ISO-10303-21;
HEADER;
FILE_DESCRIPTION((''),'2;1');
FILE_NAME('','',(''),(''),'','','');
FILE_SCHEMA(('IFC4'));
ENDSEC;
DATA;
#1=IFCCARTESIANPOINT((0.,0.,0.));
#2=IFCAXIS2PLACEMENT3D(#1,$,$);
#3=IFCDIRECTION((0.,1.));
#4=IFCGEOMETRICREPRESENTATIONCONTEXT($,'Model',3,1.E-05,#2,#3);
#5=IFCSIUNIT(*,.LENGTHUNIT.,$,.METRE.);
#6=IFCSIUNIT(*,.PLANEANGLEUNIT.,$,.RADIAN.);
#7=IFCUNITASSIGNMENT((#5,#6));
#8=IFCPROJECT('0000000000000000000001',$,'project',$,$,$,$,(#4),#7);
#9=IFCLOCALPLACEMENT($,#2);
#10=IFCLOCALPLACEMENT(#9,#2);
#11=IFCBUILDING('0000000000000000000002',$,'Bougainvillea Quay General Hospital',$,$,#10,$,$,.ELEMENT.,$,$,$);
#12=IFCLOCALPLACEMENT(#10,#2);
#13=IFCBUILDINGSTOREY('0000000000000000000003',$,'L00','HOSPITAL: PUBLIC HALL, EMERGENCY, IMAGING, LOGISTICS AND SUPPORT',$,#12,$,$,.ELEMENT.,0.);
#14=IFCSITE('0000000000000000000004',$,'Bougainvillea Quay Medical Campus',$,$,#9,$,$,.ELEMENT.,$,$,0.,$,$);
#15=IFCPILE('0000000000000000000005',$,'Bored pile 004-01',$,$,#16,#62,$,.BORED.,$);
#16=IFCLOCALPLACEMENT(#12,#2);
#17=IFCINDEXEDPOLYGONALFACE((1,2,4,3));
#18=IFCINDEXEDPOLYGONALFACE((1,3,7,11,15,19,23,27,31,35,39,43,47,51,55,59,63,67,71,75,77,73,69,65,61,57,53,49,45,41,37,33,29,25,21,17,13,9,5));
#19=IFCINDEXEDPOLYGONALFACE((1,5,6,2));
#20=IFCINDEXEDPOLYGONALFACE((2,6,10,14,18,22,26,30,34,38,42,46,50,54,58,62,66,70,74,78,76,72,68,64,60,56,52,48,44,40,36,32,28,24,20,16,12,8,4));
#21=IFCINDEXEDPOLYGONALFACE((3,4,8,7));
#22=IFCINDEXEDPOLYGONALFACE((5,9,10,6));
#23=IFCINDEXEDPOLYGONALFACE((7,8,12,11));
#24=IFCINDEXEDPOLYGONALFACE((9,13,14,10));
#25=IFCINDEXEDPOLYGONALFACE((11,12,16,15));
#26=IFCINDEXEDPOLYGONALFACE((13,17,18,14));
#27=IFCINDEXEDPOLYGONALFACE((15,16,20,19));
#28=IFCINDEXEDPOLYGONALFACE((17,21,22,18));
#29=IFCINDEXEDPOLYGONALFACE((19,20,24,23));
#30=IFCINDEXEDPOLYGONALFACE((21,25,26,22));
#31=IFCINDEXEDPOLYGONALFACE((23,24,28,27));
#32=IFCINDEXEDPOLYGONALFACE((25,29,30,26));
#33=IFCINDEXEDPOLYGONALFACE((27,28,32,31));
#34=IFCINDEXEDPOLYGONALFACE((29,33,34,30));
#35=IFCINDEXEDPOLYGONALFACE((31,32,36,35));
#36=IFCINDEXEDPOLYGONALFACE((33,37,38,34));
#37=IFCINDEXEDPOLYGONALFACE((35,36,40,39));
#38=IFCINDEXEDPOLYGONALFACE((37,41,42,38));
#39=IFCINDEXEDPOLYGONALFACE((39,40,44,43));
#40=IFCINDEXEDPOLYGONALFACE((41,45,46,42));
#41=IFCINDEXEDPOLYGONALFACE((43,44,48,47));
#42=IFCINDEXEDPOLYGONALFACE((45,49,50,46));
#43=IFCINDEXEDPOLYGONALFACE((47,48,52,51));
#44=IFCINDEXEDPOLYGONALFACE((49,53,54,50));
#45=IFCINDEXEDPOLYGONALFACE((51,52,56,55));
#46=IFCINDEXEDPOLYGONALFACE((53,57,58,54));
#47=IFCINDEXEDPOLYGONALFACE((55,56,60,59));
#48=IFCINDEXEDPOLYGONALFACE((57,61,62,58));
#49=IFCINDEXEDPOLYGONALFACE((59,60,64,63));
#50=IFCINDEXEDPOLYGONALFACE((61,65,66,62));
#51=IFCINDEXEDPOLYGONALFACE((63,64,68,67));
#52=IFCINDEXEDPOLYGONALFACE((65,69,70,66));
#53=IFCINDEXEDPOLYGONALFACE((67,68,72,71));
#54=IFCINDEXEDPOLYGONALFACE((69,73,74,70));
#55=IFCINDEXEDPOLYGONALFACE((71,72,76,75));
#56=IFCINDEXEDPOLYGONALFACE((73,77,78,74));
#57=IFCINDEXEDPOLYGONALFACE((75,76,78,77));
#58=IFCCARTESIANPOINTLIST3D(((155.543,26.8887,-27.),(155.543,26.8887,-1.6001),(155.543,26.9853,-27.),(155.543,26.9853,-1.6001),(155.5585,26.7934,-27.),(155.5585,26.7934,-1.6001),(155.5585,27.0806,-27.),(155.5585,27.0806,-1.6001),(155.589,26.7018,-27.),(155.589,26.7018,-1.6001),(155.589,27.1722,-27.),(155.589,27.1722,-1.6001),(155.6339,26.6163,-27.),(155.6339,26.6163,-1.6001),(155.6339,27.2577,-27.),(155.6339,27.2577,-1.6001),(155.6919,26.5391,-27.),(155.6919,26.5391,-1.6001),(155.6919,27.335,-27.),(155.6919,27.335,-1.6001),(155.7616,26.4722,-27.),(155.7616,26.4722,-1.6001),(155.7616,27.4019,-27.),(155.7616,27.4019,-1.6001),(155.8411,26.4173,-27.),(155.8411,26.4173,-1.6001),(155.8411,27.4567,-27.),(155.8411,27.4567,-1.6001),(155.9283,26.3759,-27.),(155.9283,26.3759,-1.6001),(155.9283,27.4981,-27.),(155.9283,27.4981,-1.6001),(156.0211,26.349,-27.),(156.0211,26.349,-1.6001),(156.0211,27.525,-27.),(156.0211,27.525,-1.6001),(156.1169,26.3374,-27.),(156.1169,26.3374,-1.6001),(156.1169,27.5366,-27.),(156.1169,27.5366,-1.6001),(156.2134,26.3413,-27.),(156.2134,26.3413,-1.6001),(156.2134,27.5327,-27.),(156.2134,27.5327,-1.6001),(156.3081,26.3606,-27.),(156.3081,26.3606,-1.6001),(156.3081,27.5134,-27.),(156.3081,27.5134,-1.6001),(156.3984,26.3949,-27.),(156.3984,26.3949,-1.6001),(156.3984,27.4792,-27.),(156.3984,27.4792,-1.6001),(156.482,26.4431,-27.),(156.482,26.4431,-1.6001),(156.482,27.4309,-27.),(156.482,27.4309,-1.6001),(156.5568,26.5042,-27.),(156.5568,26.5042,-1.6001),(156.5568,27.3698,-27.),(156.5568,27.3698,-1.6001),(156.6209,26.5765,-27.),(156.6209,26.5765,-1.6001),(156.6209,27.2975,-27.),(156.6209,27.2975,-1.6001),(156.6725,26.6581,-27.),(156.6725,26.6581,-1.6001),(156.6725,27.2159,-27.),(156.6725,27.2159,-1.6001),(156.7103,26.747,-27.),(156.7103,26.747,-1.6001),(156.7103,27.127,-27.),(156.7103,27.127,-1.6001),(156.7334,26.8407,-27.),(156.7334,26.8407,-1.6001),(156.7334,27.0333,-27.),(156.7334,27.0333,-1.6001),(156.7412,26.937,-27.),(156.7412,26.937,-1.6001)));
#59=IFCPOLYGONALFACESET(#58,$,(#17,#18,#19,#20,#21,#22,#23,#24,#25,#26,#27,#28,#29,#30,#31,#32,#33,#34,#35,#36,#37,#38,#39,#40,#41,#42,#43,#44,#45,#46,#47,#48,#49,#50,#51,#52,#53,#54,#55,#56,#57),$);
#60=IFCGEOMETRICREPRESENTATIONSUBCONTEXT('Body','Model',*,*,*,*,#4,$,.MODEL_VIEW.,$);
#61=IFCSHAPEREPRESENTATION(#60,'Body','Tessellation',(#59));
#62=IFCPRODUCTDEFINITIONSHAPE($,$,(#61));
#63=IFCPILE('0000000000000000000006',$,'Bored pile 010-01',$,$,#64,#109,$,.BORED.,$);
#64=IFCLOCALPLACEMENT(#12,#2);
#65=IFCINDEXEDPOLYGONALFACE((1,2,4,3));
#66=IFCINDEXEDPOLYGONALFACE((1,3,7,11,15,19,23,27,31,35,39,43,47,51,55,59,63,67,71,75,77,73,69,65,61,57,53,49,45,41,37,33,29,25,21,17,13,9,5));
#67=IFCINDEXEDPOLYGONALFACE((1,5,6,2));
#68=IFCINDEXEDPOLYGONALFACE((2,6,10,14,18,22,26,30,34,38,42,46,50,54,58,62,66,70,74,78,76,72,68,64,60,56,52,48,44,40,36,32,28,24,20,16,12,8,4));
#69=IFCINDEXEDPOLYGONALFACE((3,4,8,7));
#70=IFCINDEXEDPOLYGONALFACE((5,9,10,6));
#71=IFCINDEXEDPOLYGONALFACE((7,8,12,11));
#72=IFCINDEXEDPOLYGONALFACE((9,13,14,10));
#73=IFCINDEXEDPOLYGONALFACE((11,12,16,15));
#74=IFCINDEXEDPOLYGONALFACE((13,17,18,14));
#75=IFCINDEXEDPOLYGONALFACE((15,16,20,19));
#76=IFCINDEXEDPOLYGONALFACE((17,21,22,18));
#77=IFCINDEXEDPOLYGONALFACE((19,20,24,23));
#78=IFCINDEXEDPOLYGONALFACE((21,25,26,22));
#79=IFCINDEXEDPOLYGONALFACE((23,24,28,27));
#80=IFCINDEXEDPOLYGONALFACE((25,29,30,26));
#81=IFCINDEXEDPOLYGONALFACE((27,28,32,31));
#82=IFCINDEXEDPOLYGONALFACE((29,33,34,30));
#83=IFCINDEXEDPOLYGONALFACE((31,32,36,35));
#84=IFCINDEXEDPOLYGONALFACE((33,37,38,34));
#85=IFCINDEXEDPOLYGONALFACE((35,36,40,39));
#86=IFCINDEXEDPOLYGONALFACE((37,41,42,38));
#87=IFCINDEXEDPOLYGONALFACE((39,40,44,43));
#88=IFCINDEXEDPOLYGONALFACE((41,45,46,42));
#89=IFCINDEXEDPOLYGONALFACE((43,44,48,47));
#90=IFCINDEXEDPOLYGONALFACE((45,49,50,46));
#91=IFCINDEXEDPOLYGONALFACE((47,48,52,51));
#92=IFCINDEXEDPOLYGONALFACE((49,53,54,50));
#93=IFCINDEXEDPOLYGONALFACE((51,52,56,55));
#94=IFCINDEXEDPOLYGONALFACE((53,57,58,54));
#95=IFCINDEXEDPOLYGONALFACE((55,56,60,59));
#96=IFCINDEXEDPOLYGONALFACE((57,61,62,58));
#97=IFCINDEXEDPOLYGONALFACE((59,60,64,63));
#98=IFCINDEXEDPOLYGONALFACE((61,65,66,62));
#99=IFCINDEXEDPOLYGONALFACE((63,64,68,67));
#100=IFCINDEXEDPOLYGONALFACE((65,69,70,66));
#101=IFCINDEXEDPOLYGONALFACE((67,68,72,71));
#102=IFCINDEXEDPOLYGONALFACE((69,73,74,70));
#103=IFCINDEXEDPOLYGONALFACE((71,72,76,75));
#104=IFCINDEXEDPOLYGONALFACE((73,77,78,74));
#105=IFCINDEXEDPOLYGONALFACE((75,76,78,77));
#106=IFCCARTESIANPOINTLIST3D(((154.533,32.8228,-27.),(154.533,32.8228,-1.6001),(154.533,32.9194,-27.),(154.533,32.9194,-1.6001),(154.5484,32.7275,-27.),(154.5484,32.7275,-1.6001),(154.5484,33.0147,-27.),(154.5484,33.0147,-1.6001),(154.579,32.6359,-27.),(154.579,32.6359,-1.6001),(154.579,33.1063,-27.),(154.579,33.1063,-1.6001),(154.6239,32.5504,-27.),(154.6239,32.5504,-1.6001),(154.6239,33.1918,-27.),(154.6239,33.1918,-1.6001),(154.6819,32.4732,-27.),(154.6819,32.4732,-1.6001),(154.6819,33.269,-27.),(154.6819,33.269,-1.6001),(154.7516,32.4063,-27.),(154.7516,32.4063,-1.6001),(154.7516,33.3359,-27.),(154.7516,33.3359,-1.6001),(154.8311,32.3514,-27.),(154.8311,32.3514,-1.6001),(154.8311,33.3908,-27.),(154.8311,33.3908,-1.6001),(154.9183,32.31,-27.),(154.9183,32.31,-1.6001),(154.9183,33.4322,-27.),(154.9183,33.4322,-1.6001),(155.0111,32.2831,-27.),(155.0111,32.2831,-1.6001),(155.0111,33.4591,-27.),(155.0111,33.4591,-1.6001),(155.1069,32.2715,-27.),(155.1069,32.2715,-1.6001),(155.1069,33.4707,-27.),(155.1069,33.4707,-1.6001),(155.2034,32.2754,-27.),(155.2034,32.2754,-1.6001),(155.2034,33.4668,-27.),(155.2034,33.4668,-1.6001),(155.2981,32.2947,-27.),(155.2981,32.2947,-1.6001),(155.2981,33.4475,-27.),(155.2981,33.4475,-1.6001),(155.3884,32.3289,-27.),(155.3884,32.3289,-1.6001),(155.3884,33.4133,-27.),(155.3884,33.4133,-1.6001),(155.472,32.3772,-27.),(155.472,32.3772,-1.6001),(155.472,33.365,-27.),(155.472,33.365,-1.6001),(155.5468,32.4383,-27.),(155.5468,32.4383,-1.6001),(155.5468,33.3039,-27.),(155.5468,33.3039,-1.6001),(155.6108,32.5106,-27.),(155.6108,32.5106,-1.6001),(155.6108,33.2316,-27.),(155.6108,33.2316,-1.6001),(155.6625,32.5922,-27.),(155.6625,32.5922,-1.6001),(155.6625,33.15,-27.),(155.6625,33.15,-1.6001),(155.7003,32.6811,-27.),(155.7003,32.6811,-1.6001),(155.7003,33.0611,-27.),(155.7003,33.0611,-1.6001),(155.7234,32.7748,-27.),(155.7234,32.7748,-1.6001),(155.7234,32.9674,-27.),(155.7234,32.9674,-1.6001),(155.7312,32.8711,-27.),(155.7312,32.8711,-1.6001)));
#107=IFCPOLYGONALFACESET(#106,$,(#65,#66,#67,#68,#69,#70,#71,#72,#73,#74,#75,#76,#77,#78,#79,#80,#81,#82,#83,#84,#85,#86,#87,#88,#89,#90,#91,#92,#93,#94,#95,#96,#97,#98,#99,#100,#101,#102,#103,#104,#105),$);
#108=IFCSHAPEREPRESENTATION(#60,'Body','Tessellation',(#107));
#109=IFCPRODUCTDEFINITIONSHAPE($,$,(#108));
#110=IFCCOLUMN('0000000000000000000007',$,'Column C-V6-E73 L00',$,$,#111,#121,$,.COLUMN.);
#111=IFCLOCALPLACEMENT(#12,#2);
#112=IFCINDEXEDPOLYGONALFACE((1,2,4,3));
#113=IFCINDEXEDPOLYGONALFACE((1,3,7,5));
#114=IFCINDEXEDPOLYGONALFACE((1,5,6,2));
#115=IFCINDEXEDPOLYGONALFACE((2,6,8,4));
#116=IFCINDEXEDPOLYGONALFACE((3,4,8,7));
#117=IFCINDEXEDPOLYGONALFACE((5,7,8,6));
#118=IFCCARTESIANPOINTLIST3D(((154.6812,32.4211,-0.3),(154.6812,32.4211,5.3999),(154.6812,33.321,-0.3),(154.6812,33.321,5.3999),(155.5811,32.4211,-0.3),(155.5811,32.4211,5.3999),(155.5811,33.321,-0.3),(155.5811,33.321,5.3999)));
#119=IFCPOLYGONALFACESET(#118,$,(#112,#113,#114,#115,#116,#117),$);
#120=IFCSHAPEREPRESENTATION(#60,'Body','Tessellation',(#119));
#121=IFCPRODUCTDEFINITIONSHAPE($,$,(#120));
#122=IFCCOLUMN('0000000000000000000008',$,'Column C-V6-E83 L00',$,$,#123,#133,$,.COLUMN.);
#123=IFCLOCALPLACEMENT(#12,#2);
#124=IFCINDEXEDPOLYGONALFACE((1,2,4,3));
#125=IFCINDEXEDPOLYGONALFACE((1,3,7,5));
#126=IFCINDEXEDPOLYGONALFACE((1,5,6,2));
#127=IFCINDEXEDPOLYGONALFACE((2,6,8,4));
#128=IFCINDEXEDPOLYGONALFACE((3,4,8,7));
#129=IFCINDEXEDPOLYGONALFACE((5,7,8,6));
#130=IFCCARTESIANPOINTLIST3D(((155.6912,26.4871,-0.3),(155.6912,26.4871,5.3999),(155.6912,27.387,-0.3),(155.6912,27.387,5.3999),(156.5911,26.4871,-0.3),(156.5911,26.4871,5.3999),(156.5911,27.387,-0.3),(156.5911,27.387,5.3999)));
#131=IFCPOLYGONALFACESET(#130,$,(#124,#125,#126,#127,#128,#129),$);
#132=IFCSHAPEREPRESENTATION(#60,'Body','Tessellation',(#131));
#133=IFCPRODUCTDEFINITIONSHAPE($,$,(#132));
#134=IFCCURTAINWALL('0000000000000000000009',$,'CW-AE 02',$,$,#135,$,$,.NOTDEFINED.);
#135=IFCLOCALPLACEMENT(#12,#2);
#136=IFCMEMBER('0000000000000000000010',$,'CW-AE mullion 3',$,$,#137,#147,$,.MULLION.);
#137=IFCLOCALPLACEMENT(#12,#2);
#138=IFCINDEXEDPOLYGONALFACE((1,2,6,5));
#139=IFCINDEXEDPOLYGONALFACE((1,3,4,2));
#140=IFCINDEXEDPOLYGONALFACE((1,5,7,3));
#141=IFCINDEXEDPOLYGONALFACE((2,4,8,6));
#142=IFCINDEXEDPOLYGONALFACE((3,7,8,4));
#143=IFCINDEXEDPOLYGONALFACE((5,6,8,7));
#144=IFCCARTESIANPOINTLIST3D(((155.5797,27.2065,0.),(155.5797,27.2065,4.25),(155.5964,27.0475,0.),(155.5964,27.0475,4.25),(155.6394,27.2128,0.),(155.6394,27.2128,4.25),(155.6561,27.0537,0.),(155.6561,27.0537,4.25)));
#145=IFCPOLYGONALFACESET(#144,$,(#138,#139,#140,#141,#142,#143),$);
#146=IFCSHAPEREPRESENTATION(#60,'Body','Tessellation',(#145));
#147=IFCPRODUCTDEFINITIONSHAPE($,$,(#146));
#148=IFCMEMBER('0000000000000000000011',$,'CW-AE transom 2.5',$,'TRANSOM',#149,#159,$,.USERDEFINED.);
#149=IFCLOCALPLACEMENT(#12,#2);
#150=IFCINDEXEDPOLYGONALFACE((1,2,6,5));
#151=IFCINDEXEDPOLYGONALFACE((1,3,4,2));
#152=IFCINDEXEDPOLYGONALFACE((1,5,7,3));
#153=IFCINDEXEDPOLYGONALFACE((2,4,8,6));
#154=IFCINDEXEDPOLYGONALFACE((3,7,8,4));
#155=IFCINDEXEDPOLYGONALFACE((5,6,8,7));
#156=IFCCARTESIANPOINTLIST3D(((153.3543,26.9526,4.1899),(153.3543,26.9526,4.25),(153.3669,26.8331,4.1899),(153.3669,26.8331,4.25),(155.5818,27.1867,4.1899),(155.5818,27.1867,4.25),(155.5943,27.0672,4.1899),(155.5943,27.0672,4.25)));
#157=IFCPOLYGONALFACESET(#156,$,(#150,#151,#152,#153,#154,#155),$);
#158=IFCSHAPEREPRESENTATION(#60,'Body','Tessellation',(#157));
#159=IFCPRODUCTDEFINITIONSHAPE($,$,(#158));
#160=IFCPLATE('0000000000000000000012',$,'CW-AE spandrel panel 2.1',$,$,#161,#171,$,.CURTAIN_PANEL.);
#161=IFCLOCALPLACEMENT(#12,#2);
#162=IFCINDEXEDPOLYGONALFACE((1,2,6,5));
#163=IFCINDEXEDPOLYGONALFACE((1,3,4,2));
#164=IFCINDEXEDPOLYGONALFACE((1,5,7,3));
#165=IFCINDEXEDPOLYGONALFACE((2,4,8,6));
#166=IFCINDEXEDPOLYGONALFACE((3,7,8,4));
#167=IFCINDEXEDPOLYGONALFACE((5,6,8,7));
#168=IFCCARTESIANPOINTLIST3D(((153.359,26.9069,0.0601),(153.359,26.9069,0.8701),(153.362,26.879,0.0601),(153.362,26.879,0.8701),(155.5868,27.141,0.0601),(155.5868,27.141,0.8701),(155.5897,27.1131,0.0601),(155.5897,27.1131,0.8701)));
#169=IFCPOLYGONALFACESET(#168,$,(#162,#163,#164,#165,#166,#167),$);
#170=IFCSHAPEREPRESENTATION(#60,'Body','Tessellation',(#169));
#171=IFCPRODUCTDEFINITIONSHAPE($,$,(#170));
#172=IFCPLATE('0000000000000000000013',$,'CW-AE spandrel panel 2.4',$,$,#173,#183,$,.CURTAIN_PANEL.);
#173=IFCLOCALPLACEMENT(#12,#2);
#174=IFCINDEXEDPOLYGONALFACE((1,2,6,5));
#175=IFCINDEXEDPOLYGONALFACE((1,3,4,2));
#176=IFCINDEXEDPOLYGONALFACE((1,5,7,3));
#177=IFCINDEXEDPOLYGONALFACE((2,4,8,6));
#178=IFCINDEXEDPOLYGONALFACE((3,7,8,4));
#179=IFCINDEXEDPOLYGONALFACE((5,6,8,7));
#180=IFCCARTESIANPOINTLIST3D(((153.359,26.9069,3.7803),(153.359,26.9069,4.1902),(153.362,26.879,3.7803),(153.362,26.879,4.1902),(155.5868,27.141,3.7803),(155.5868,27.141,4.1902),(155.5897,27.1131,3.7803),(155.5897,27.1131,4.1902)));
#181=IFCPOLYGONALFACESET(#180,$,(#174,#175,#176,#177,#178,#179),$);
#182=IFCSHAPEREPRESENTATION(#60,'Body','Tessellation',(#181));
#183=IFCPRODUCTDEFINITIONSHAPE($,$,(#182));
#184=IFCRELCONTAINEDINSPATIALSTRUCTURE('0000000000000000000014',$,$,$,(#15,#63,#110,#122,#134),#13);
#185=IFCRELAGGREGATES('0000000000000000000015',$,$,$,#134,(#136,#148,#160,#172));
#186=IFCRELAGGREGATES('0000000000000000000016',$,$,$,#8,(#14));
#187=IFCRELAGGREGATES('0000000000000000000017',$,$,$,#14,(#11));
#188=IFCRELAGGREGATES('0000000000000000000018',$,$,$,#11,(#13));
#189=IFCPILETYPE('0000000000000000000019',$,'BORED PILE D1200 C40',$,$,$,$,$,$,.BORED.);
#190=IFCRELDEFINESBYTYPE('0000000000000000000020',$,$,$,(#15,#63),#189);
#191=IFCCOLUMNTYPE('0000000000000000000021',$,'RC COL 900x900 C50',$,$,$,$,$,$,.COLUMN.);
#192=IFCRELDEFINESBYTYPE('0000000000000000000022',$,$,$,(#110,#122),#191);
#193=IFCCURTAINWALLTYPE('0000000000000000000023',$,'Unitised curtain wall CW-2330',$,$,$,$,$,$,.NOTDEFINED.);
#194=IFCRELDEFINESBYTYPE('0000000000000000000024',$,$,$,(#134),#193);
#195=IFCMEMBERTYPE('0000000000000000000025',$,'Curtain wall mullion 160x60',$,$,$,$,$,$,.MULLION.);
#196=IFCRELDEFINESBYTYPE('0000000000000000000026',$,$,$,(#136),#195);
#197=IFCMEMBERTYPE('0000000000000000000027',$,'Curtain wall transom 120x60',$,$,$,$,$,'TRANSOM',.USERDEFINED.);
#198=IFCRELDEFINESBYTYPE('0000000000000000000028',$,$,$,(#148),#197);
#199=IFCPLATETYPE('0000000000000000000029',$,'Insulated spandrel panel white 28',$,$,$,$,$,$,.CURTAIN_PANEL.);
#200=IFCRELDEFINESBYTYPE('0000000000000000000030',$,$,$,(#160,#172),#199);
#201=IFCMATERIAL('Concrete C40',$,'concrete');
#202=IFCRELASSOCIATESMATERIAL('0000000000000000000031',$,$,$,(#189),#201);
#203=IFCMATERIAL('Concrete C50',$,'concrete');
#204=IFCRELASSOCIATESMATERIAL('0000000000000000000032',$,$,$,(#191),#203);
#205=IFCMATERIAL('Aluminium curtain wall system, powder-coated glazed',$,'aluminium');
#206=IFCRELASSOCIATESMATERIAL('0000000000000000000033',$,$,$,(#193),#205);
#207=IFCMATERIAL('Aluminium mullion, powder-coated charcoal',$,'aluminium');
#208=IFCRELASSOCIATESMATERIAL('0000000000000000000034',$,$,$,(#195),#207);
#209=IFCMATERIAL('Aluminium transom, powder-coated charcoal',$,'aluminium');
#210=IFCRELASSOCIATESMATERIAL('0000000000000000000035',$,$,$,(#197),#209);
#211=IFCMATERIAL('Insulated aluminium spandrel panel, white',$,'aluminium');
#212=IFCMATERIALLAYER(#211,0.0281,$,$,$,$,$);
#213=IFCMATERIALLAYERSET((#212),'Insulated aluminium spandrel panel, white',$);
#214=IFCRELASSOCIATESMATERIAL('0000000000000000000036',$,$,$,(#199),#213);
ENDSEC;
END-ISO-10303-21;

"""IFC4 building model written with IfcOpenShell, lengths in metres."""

from ifc_helpers import new_model, si_unit, direction, frame, origin, origin_2d, place, context, subcontext, project, spatial, rectangle, circle, extrude, material, layer, layer_set, material_profile, profile_set, type_object, element, aggregate, save


model = new_model("IFC4")

# Units and contexts
model_context = context("Model", 3, precision=1e-05, world=origin(), true_north=direction((0.0, 1.0)))
body_context = subcontext(model_context, "Body", "Model", "MODEL_VIEW")
ifc_project = project(units=[si_unit("LENGTHUNIT", "METRE"), si_unit("PLANEANGLEUNIT", "RADIAN")], contexts=[model_context])

# Site, building, storey
site_placement = place(None, origin())
site = spatial("IfcSite", under=ifc_project, at=site_placement, Name="Bougainvillea Quay Medical Campus", CompositionType="ELEMENT", RefElevation=0.0)
building_placement = place(site_placement, origin())
building = spatial("IfcBuilding", under=site, at=building_placement, Name="Bougainvillea Quay General Hospital", CompositionType="ELEMENT")
storey_placement = place(building_placement, origin())
storey = spatial("IfcBuildingStorey", under=building, at=storey_placement, Name="L00", Description="HOSPITAL: PUBLIC HALL, EMERGENCY, IMAGING, LOGISTICS AND SUPPORT", CompositionType="ELEMENT", Elevation=0.0)

# Piles
ifc_material_1 = material(Name="Concrete C40", Category="concrete")
ifc_material_profile_1 = material_profile(ifc_material_1, circle(Radius=0.6001, at=origin_2d()))
ifc_profile_set_1 = profile_set([ifc_material_profile_1], Name="Concrete C40")
pile_type = type_object("IfcPileType", Name="BORED PILE D1200 C40", PredefinedType="BORED", material=ifc_profile_set_1)
for number, where, z_axis, x_axis, name in (
    (1, (156.1411, 26.937, -1.6001), (0.0, 0.0, -1.0), (1.0, 0.0, 0.0), "Bored pile 004-01"),
    (2, (155.1311, 32.8711, -1.6001), (0.0, 0.0, -1.0), (1.0, 0.0, 0.0), "Bored pile 010-01"),
):
    element("IfcPile", number, at=place(storey_placement, frame(where, z_axis=z_axis, x_axis=x_axis)), inside=storey, type_object=pile_type, Name=name, PredefinedType="BORED", context=body_context, shape_type="SweptSolid", body=[
        extrude(circle(Radius=0.6001, at=origin_2d()), origin(), (0.0, 0.0, 1.0), 25.3999),
    ])

# Columns
ifc_material_2 = material(Name="Concrete C50", Category="concrete")
ifc_material_profile_2 = material_profile(ifc_material_2, rectangle(XDim=0.8999, YDim=0.8999, at=origin_2d()))
ifc_profile_set_2 = profile_set([ifc_material_profile_2], Name="Concrete C50")
column_type = type_object("IfcColumnType", Name="RC COL 900x900 C50", PredefinedType="COLUMN", material=ifc_profile_set_2)
for number, where, z_axis, x_axis, name in (
    (3, (155.1311, 32.8711, -0.3), (0.0, 0.0, 1.0), (1.0, 0.0, 0.0), "Column C-V6-E73 L00"),
    (4, (156.1411, 26.937, -0.3), (0.0, 0.0, 1.0), (1.0, 0.0, 0.0), "Column C-V6-E83 L00"),
):
    element("IfcColumn", number, at=place(storey_placement, frame(where, z_axis=z_axis, x_axis=x_axis)), inside=storey, type_object=column_type, Name=name, PredefinedType="COLUMN", context=body_context, shape_type="SweptSolid", body=[
        extrude(rectangle(XDim=0.8999, YDim=0.8999, at=origin_2d()), origin(), (0.0, 0.0, 1.0), 5.7),
    ])

# Curtain wall, members, plates
ifc_material_3 = material(Name="Aluminium curtain wall system, powder-coated glazed", Category="aluminium")
curtain_wall_type = type_object("IfcCurtainWallType", Name="Unitised curtain wall CW-2330", PredefinedType="NOTDEFINED", material=ifc_material_3)
curtain_wall_placement = place(storey_placement, origin())
curtain_wall = element("IfcCurtainWall", 5, at=curtain_wall_placement, inside=storey, type_object=curtain_wall_type, Name="CW-AE 02", PredefinedType="NOTDEFINED")
ifc_material_4 = material(Name="Aluminium mullion, powder-coated charcoal", Category="aluminium")
ifc_material_profile_3 = material_profile(ifc_material_4, rectangle(XDim=0.1599, YDim=0.0601, at=origin_2d()))
ifc_profile_set_3 = profile_set([ifc_material_profile_3], Name="Aluminium mullion, powder-coated charcoal")
member_type_1 = type_object("IfcMemberType", Name="Curtain wall mullion 160x60", PredefinedType="MULLION", material=ifc_profile_set_3)
member_1_placement = place(storey_placement, frame((155.6179, 27.1301, 0.0), z_axis=(0.0, 0.0, 1.0), x_axis=(-0.104527, 0.994522, 0.0)))
member_1 = element("IfcMember", 6, at=member_1_placement, type_object=member_type_1, Name="CW-AE mullion 3", PredefinedType="MULLION", context=body_context, shape_type="SweptSolid", body=[
    extrude(rectangle(XDim=0.1599, YDim=0.0601, at=origin_2d()), origin(), (0.0, 0.0, 1.0), 4.25),
])
ifc_material_5 = material(Name="Aluminium transom, powder-coated charcoal", Category="aluminium")
ifc_material_profile_4 = material_profile(ifc_material_5, rectangle(XDim=0.1201, YDim=0.0601, at=origin_2d()))
ifc_profile_set_4 = profile_set([ifc_material_profile_4], Name="Aluminium transom, powder-coated charcoal")
member_type_2 = type_object("IfcMemberType", Name="Curtain wall transom 120x60", ElementType="TRANSOM", PredefinedType="USERDEFINED", material=ifc_profile_set_4)
member_2_placement = place(storey_placement, frame((153.3606, 26.8928, 4.22), z_axis=(0.994522, 0.104532, 0.0), x_axis=(-0.104532, 0.994522, 0.0)))
member_2 = element("IfcMember", 7, at=member_2_placement, type_object=member_type_2, Name="CW-AE transom 2.5", ObjectType="TRANSOM", PredefinedType="USERDEFINED", context=body_context, shape_type="SweptSolid", body=[
    extrude(rectangle(XDim=0.1201, YDim=0.0601, at=origin_2d()), origin(), (0.0, 0.0, 1.0), 2.2397),
])
ifc_material_6 = material(Name="Insulated aluminium spandrel panel, white", Category="aluminium")
ifc_layer_1 = layer(ifc_material_6, 0.0281)
ifc_layer_set_1 = layer_set([ifc_layer_1], Name="Insulated aluminium spandrel panel, white")
plate_type_1 = type_object("IfcPlateType", Name="Insulated spandrel panel white 28", PredefinedType="CURTAIN_PANEL", material=ifc_layer_set_1)
plate_1_placement = place(storey_placement, frame((154.4744, 27.01, 0.0601), z_axis=(0.0, 0.0, 1.0), x_axis=(0.994522, 0.104527, 0.0)))
plate_1 = element("IfcPlate", 8, at=plate_1_placement, type_object=plate_type_1, Name="CW-AE spandrel panel 2.1", PredefinedType="CURTAIN_PANEL", context=body_context, shape_type="SweptSolid", body=[
    extrude(rectangle(XDim=2.24, YDim=0.0281, at=origin_2d()), origin(), (0.0, 0.0, 1.0), 0.8101),
])
plate_2_placement = place(storey_placement, frame((154.4744, 27.01, 3.7803), z_axis=(0.0, 0.0, 1.0), x_axis=(0.994522, 0.104527, 0.0)))
plate_2 = element("IfcPlate", 9, at=plate_2_placement, type_object=plate_type_1, Name="CW-AE spandrel panel 2.4", PredefinedType="CURTAIN_PANEL", context=body_context, shape_type="SweptSolid", body=[
    extrude(rectangle(XDim=2.24, YDim=0.0281, at=origin_2d()), origin(), (0.0, 0.0, 1.0), 0.4099),
])
aggregate(curtain_wall, [member_1, member_2, plate_1, plate_2])

save(model, "model.ifc")
